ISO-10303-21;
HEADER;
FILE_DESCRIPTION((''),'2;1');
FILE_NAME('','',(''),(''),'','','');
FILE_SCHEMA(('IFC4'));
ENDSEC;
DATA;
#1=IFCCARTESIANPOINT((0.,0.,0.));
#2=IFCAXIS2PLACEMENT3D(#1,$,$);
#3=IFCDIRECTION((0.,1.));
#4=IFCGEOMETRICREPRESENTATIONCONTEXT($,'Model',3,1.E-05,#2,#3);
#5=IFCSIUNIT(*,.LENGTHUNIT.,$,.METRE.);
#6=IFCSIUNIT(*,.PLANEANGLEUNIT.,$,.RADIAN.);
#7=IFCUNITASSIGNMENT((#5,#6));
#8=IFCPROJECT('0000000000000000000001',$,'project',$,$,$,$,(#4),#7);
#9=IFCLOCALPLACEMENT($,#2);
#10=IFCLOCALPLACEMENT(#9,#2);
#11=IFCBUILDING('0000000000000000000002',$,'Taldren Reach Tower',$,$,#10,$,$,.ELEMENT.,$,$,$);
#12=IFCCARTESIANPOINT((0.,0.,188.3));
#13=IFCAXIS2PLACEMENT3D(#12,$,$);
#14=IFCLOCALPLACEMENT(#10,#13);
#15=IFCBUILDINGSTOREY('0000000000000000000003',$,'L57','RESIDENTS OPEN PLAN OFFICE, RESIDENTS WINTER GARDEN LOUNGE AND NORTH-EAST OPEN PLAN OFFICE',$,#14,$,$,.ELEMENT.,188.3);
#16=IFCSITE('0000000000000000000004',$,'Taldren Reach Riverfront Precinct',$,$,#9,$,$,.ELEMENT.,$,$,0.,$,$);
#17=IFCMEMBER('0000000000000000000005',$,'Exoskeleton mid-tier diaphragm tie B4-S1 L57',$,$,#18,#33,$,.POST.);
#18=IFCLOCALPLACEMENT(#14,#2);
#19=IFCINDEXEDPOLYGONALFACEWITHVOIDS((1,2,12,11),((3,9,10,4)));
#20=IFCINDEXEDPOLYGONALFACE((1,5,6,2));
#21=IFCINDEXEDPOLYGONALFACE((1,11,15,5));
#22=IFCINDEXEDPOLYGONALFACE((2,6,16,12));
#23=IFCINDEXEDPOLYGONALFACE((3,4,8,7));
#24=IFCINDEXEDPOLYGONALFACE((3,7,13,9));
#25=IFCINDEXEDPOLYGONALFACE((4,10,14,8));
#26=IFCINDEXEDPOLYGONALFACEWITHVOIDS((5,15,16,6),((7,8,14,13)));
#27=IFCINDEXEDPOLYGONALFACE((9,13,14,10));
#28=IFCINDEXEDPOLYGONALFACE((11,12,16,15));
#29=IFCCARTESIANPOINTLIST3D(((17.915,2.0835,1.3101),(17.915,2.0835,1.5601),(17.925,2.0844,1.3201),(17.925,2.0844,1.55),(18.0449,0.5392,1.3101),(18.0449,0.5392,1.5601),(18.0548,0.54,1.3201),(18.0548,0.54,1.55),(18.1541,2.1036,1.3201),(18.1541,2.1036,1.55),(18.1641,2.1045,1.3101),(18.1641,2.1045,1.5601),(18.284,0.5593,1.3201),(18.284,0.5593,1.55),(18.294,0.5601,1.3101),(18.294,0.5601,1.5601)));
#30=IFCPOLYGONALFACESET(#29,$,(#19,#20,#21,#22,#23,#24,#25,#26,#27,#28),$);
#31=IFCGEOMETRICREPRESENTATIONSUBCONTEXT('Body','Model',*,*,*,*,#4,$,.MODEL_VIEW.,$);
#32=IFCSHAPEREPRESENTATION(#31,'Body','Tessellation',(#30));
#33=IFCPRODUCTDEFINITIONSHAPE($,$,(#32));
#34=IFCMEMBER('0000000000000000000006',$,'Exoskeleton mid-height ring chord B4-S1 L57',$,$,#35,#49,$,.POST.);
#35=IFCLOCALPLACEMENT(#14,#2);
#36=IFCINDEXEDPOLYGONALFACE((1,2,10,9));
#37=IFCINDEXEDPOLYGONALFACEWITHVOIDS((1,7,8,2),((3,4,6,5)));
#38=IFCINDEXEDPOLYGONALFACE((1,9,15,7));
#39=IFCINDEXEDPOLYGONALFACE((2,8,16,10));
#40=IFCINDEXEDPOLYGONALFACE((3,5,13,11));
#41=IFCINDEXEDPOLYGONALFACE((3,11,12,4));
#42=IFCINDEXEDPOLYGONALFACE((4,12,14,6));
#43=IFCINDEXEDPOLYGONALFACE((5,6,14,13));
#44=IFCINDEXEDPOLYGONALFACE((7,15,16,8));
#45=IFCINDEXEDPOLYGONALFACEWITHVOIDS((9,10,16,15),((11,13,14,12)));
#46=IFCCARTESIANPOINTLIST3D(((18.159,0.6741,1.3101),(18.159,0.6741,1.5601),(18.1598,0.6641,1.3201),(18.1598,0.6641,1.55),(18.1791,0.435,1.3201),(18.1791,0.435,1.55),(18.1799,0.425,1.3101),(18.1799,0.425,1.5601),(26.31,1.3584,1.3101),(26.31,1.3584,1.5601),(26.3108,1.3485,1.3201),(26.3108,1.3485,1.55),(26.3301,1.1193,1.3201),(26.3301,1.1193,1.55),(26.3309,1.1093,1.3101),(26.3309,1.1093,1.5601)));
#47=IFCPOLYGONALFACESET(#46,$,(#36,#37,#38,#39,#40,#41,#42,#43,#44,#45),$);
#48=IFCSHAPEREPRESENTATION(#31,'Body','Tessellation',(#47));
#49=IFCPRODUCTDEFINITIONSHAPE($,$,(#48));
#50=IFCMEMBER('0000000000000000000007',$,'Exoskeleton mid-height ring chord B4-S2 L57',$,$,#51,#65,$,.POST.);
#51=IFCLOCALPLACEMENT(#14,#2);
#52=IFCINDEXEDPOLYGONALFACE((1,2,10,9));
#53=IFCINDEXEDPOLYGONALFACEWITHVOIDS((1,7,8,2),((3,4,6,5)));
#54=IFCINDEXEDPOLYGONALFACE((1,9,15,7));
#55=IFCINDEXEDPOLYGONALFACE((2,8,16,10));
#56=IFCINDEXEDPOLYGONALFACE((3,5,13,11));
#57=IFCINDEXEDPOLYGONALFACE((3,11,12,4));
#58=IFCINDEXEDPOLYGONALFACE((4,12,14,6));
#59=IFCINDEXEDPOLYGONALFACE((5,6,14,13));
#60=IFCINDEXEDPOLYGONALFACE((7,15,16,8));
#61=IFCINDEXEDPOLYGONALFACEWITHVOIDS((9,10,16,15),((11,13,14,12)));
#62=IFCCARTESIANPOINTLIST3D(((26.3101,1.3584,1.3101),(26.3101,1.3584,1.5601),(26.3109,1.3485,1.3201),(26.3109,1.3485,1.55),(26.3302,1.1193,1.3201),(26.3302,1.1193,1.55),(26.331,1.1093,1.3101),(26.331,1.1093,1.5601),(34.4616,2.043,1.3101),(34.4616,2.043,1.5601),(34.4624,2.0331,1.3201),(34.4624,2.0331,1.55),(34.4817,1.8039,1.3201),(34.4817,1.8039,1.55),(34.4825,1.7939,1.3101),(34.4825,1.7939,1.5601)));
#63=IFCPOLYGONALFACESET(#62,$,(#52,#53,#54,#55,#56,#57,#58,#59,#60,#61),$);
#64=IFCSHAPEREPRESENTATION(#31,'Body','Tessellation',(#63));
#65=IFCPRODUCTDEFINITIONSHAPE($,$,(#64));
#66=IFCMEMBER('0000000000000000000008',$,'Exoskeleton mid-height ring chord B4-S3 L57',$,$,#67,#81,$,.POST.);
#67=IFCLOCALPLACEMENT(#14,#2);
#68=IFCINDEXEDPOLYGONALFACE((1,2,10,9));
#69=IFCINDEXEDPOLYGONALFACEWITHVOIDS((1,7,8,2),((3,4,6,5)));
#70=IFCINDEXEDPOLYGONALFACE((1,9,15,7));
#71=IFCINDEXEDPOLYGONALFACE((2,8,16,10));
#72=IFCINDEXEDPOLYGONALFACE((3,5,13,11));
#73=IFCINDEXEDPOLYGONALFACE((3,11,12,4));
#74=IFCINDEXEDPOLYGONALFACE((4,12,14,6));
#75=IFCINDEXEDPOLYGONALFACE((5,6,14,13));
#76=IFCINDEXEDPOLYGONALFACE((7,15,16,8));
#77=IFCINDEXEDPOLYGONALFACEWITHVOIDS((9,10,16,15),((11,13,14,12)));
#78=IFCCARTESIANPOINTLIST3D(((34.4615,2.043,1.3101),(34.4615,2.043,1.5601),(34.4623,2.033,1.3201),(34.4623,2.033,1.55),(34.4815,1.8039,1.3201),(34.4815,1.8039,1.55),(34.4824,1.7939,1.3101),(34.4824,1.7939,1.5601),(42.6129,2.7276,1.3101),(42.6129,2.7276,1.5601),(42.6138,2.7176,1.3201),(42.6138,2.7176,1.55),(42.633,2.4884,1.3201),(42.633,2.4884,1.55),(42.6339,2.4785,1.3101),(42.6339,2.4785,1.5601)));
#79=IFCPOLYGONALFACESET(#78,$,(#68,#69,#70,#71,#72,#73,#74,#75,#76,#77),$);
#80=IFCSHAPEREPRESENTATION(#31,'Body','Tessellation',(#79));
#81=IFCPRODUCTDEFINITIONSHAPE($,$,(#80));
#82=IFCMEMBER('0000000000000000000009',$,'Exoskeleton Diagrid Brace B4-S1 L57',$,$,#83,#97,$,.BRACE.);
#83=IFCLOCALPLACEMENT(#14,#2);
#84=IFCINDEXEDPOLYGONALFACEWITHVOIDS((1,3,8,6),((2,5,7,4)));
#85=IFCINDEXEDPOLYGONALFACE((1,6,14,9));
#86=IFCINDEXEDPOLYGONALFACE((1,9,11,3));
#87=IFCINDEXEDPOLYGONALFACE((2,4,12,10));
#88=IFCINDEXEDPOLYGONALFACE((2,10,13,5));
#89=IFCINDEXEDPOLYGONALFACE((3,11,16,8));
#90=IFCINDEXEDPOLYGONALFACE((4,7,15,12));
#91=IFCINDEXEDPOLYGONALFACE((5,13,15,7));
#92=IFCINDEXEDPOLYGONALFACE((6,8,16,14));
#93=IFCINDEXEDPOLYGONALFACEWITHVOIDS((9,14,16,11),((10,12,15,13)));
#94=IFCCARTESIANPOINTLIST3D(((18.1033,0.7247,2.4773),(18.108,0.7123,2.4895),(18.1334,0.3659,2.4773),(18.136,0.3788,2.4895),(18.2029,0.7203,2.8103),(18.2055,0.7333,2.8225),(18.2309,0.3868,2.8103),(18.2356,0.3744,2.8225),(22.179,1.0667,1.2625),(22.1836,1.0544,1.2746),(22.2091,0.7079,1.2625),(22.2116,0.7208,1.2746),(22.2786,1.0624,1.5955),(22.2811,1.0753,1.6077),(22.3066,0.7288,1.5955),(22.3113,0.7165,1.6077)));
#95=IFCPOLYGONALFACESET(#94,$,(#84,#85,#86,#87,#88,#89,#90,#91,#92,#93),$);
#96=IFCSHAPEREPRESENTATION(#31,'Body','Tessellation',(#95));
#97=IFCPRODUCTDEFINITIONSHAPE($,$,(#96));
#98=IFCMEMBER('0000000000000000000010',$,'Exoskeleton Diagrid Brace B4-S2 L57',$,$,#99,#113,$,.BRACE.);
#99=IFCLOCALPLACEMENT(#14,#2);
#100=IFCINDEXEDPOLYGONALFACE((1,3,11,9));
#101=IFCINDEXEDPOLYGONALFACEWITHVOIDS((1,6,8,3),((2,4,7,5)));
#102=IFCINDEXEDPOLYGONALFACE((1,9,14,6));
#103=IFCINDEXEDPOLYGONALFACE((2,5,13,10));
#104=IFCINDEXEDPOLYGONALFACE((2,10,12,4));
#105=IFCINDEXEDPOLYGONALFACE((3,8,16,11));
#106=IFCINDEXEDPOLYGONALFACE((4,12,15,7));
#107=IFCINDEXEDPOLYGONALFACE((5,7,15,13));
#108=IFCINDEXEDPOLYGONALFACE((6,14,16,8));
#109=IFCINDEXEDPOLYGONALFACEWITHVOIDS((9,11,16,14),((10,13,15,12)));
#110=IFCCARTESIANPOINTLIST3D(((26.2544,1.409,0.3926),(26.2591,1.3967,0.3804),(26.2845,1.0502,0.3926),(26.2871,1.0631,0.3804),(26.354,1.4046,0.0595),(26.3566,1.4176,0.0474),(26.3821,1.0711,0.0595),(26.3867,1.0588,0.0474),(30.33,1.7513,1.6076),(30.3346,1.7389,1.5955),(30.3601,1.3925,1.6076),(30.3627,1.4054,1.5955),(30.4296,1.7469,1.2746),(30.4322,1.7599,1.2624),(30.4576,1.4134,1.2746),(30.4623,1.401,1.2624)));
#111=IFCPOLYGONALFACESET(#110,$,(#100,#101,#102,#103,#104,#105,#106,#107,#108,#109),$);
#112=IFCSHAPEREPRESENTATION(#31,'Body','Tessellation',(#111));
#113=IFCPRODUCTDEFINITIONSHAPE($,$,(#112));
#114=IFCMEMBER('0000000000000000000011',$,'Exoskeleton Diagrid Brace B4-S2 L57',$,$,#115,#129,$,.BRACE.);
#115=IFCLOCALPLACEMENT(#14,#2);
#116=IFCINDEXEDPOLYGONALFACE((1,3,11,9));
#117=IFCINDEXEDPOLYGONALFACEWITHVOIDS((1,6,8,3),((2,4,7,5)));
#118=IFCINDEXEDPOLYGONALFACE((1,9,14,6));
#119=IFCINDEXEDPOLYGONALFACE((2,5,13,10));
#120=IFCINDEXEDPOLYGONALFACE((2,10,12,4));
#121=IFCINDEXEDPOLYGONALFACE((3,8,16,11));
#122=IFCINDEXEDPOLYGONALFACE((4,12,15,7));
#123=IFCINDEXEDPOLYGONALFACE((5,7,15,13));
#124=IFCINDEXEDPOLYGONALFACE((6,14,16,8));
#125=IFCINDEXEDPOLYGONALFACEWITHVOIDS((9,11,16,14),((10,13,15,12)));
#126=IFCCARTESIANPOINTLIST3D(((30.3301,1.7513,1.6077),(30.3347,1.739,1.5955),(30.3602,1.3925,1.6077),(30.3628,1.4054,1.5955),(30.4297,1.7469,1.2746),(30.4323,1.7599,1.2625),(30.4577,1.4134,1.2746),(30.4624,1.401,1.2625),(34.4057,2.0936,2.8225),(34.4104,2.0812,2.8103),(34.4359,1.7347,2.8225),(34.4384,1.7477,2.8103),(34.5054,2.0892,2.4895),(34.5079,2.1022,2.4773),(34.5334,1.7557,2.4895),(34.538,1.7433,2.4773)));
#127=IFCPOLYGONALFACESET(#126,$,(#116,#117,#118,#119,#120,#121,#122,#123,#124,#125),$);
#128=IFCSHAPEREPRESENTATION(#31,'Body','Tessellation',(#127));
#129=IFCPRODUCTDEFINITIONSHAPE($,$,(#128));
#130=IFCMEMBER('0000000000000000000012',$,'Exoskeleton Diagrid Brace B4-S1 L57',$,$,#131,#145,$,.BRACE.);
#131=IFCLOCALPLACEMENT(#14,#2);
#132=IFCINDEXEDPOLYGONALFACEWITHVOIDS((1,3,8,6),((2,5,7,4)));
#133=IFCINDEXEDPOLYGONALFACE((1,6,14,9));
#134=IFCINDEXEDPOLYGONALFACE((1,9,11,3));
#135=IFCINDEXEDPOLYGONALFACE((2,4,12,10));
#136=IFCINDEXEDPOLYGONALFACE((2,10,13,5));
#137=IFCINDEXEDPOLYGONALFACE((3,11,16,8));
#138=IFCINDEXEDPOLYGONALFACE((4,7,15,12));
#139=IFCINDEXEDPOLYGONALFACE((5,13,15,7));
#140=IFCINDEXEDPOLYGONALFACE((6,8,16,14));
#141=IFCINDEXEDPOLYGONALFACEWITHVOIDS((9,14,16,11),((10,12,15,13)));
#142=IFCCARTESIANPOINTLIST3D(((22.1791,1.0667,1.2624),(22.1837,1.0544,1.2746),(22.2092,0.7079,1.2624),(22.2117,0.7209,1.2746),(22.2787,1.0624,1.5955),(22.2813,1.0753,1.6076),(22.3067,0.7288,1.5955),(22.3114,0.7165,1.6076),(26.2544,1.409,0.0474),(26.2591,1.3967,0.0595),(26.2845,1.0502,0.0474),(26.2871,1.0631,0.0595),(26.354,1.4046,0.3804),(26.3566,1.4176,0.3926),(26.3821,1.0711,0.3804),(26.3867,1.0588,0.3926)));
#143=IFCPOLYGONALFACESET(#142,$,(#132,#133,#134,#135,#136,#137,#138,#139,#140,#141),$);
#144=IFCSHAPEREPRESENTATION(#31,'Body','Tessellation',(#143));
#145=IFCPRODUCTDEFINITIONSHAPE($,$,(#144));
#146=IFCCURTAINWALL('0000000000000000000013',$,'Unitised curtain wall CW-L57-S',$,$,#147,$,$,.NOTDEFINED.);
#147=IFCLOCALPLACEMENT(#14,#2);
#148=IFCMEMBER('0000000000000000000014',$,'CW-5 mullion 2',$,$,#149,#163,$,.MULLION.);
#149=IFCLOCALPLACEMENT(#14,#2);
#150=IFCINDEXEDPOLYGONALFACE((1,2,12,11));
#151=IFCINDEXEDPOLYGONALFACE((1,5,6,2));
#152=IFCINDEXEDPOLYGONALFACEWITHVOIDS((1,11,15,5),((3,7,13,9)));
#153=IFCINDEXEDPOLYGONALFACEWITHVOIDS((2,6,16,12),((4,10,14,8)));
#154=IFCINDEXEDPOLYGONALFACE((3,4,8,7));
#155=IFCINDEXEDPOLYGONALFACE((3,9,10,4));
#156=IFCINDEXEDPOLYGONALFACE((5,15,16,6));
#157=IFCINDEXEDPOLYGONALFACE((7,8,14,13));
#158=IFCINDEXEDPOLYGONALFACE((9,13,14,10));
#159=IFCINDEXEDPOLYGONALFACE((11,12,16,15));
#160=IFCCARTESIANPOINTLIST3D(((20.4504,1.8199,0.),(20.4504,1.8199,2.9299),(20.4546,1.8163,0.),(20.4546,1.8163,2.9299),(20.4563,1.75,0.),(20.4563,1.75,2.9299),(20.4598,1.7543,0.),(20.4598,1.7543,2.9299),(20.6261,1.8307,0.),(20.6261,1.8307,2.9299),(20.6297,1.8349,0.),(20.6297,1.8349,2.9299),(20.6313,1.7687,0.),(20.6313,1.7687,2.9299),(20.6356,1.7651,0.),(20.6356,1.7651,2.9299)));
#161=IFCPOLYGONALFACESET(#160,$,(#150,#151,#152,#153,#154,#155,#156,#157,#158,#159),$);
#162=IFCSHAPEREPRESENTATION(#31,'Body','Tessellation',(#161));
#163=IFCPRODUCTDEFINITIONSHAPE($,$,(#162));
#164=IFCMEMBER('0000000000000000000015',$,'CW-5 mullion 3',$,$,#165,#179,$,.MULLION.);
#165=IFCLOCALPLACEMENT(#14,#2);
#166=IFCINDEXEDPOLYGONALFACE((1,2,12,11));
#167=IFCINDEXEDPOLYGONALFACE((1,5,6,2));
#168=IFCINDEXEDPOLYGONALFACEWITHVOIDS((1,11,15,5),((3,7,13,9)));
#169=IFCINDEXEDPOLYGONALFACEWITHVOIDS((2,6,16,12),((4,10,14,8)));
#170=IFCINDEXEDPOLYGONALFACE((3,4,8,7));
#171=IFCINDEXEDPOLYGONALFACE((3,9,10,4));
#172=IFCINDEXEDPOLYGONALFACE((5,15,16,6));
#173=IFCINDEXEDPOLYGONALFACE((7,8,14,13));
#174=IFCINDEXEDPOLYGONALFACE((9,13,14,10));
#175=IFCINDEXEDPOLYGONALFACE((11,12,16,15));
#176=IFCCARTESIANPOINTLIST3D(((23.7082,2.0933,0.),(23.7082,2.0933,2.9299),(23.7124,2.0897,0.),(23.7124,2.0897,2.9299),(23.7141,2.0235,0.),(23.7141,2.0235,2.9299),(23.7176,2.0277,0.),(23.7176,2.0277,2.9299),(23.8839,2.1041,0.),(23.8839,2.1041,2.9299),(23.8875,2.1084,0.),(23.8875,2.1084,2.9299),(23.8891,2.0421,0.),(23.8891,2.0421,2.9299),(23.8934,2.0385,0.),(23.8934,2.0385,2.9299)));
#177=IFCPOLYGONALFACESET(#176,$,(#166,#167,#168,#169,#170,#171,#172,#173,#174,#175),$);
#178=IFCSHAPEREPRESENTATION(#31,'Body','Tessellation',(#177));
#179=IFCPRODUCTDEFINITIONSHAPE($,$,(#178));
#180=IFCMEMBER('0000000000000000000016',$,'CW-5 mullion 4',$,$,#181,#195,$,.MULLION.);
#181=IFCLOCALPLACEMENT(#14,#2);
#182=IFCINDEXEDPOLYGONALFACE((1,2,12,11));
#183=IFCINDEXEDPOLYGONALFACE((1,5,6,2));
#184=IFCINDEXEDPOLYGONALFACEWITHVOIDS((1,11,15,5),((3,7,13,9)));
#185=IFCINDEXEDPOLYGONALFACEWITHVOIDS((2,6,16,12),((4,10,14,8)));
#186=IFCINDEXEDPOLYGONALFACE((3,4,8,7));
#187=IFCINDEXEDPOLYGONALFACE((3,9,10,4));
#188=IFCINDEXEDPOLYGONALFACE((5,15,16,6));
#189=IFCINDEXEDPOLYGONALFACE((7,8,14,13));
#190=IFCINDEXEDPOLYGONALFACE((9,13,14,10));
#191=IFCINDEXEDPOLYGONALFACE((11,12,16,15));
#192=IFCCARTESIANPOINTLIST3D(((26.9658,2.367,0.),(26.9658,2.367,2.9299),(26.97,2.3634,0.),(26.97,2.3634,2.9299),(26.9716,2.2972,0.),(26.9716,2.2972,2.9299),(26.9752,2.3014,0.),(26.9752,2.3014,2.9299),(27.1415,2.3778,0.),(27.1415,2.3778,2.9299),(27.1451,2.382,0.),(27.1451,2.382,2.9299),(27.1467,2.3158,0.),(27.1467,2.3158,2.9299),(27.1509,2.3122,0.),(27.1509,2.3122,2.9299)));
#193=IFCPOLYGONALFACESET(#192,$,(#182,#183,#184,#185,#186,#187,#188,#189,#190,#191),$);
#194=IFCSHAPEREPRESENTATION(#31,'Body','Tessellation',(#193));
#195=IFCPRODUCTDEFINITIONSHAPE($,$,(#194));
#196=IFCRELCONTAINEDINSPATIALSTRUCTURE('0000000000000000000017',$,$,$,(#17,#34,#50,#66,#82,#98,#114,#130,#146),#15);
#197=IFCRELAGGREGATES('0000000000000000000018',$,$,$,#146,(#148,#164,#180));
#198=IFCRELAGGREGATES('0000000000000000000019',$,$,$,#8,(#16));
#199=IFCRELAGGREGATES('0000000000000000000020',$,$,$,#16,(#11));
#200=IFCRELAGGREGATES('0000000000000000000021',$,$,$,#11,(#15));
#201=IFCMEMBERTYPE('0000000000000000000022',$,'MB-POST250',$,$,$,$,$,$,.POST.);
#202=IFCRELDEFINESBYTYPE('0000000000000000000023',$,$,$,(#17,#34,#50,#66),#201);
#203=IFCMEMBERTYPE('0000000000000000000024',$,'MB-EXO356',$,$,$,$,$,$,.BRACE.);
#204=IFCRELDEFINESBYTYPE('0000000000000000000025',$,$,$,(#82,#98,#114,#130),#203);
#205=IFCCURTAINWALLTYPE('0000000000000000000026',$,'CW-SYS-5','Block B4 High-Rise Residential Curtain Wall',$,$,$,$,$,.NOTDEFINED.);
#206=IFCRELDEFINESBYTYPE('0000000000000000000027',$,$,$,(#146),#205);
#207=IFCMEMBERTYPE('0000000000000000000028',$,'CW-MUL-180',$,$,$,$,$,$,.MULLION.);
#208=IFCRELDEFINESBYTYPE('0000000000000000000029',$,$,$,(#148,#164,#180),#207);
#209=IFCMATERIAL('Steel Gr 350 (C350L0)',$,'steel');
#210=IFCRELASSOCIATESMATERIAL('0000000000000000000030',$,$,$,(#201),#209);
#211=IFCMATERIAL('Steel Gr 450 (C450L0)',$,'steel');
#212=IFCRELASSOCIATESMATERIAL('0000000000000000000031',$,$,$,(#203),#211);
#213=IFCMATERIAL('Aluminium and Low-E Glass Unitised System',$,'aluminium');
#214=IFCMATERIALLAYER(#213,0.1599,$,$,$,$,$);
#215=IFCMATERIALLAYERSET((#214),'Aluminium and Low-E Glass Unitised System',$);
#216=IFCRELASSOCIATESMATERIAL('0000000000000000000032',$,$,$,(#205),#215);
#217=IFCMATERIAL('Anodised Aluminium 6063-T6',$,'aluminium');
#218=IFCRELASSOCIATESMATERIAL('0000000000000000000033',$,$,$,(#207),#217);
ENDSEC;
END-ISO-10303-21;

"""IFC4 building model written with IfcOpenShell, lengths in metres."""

from ifc_helpers import new_model, si_unit, direction, frame, origin, origin_2d, place, context, subcontext, project, spatial, hollow_rectangle, extrude, source, transform, mapped, material, layer, layer_set, material_profile, profile_set, type_object, element, aggregate, save


model = new_model("IFC4")

# Units and contexts
model_context = context("Model", 3, precision=1e-05, world=origin(), true_north=direction((0.0, 1.0)))
body_context = subcontext(model_context, "Body", "Model", "MODEL_VIEW")
ifc_project = project(units=[si_unit("LENGTHUNIT", "METRE"), si_unit("PLANEANGLEUNIT", "RADIAN")], contexts=[model_context])

# Site, building, storey
site_placement = place(None, origin())
site = spatial("IfcSite", under=ifc_project, at=site_placement, Name="Taldren Reach Riverfront Precinct", CompositionType="ELEMENT", RefElevation=0.0)
building_placement = place(site_placement, origin())
building = spatial("IfcBuilding", under=site, at=building_placement, Name="Taldren Reach Tower", CompositionType="ELEMENT")
storey_placement = place(building_placement, frame((0.0, 0.0, 188.3)))
storey = spatial("IfcBuildingStorey", under=building, at=storey_placement, Name="L57", Description="RESIDENTS OPEN PLAN OFFICE, RESIDENTS WINTER GARDEN LOUNGE AND NORTH-EAST OPEN PLAN OFFICE", CompositionType="ELEMENT", Elevation=188.3)

# Members
ifc_material_1 = material(Name="Steel Gr 350 (C350L0)", Category="steel")
ifc_material_profile_1 = material_profile(ifc_material_1, hollow_rectangle(XDim=0.25, YDim=0.25, WallThickness=0.01, at=origin_2d()), Name="250x250x10.0SHS")
ifc_profile_set_1 = profile_set([ifc_material_profile_1], Name="Steel Gr 350 (C350L0)")
member_type_1 = type_object("IfcMemberType", Name="MB-POST250", PredefinedType="POST", material=ifc_profile_set_1)
shared_shape_1 = source(origin(), body_context, "Body", "SweptSolid", [
    extrude(hollow_rectangle(XDim=0.25, YDim=0.25, WallThickness=0.01, at=origin_2d()), origin(), (0.0, 0.0, 1.0), 1.5498),
])
member_1_placement = place(storey_placement, frame((18.0396, 2.094, 1.4351), z_axis=(0.083802, -0.996482, 0.0), x_axis=(0.996482, 0.083802, 0.0)))
element("IfcMember", 1, at=member_1_placement, inside=storey, type_object=member_type_1, Name="Exoskeleton mid-tier diaphragm tie B4-S1 L57", PredefinedType="POST", context=body_context, shape_type="MappedRepresentation", body=[
    mapped(shared_shape_1, transform((0.0, 0.0, 0.0), scale=1.0)),
])
shared_shape_2 = source(origin(), body_context, "Body", "SweptSolid", [
    extrude(hollow_rectangle(XDim=0.25, YDim=0.25, WallThickness=0.01, at=origin_2d()), origin(), (0.0, 0.0, 1.0), 8.1797),
])
member_2_placement = place(storey_placement, frame((18.1694, 0.5496, 1.4351), z_axis=(0.996494, 0.083661, 0.0), x_axis=(-0.083661, 0.996494, 0.0)))
element("IfcMember", 2, at=member_2_placement, inside=storey, type_object=member_type_1, Name="Exoskeleton mid-height ring chord B4-S1 L57", PredefinedType="POST", context=body_context, shape_type="MappedRepresentation", body=[
    mapped(shared_shape_2, transform((0.0, 0.0, 0.0), scale=1.0)),
])
shared_shape_3 = source(origin(), body_context, "Body", "SweptSolid", [
    extrude(hollow_rectangle(XDim=0.25, YDim=0.25, WallThickness=0.01, at=origin_2d()), origin(), (0.0, 0.0, 1.0), 8.1802),
])
for number, where, z_axis, x_axis, name in (
    (3, (26.3206, 1.2339, 1.4351), (0.996492, 0.083688, 0.0), (-0.083688, 0.996492, 0.0), "Exoskeleton mid-height ring chord B4-S2 L57"),
    (4, (34.4719, 1.9185, 1.4351), (0.996492, 0.083688, 0.0), (-0.083688, 0.996492, 0.0), "Exoskeleton mid-height ring chord B4-S3 L57"),
):
    element("IfcMember", number, at=place(storey_placement, frame(where, z_axis=z_axis, x_axis=x_axis)), inside=storey, type_object=member_type_1, Name=name, PredefinedType="POST", context=body_context, shape_type="MappedRepresentation", body=[
        mapped(shared_shape_3, transform((0.0, 0.0, 0.0), scale=1.0)),
    ])
ifc_material_2 = material(Name="Steel Gr 450 (C450L0)", Category="steel")
ifc_material_profile_2 = material_profile(ifc_material_2, hollow_rectangle(XDim=0.3601, YDim=0.3601, WallThickness=0.0127, at=origin_2d()), Name="360x360x12.7SHS")
ifc_profile_set_2 = profile_set([ifc_material_profile_2], Name="Steel Gr 450 (C450L0)")
member_type_2 = type_object("IfcMemberType", Name="MB-EXO356", PredefinedType="BRACE", material=ifc_profile_set_2)
shared_shape_4 = source(origin(), body_context, "Body", "SweptSolid", [
    extrude(hollow_rectangle(XDim=0.3601, YDim=0.3601, WallThickness=0.0127, at=origin_2d()), origin(), (0.0, 0.0, 1.0), 4.2666),
])
for number, where, z_axis, x_axis, name in (
    (5, (22.2451, 0.8916, 1.4351), (-0.955249, -0.080167, 0.284732), (0.083628, -0.996497, 0.0), "Exoskeleton Diagrid Brace B4-S1 L57"),
    (6, (26.3206, 1.2339, 0.22), (0.955229, 0.080222, 0.284783), (-0.083688, 0.996492, 0.0), "Exoskeleton Diagrid Brace B4-S2 L57"),
    (7, (30.3962, 1.5762, 1.4351), (0.955245, 0.080224, 0.284731), (-0.083688, 0.996492, 0.0), "Exoskeleton Diagrid Brace B4-S2 L57"),
):
    element("IfcMember", number, at=place(storey_placement, frame(where, z_axis=z_axis, x_axis=x_axis)), inside=storey, type_object=member_type_2, Name=name, PredefinedType="BRACE", context=body_context, shape_type="MappedRepresentation", body=[
        mapped(shared_shape_4, transform((0.0, 0.0, 0.0), scale=1.0)),
    ])
shared_shape_5 = source(origin(), body_context, "Body", "SweptSolid", [
    extrude(hollow_rectangle(XDim=0.3601, YDim=0.3601, WallThickness=0.0127, at=origin_2d()), origin(), (0.0, 0.0, 1.0), 4.2664),
])
member_3_placement = place(storey_placement, frame((26.3206, 1.2339, 0.22), z_axis=(-0.955224, -0.080227, 0.284799), x_axis=(0.083693, -0.996492, 0.0)))
element("IfcMember", 8, at=member_3_placement, inside=storey, type_object=member_type_2, Name="Exoskeleton Diagrid Brace B4-S1 L57", PredefinedType="BRACE", context=body_context, shape_type="MappedRepresentation", body=[
    mapped(shared_shape_5, transform((0.0, 0.0, 0.0), scale=1.0)),
])

# Curtain wall, members
ifc_material_3 = material(Name="Aluminium and Low-E Glass Unitised System", Category="aluminium")
ifc_layer_1 = layer(ifc_material_3, 0.1599)
ifc_layer_set_1 = layer_set([ifc_layer_1], Name="Aluminium and Low-E Glass Unitised System")
curtain_wall_type = type_object("IfcCurtainWallType", Name="CW-SYS-5", Description="Block B4 High-Rise Residential Curtain Wall", PredefinedType="NOTDEFINED", material=ifc_layer_set_1)
curtain_wall_placement = place(storey_placement, origin())
curtain_wall = element("IfcCurtainWall", 9, at=curtain_wall_placement, inside=storey, type_object=curtain_wall_type, Name="Unitised curtain wall CW-L57-S", PredefinedType="NOTDEFINED")
ifc_material_4 = material(Name="Anodised Aluminium 6063-T6", Category="aluminium")
ifc_material_profile_3 = material_profile(ifc_material_4, hollow_rectangle(XDim=0.0701, YDim=0.1799, WallThickness=0.0039, at=origin_2d()), Name="ALU-180x70x4RHS")
ifc_profile_set_3 = profile_set([ifc_material_profile_3], Name="Anodised Aluminium 6063-T6")
member_type_3 = type_object("IfcMemberType", Name="CW-MUL-180", PredefinedType="MULLION", material=ifc_profile_set_3)
shared_shape_6 = source(origin(), body_context, "Body", "SweptSolid", [
    extrude(hollow_rectangle(XDim=0.0701, YDim=0.1799, WallThickness=0.0039, at=origin_2d()), origin(), (0.0, 0.0, 1.0), 2.9299),
])
member_4_placement = place(storey_placement, frame((20.543, 1.7925, 0.0), z_axis=(0.0, 0.0, 1.0), x_axis=(-0.083678, 0.996493, 0.0)))
member_4 = element("IfcMember", 10, at=member_4_placement, type_object=member_type_3, Name="CW-5 mullion 2", PredefinedType="MULLION", context=body_context, shape_type="MappedRepresentation", body=[
    mapped(shared_shape_6, transform((0.0, 0.0, 0.0), scale=1.0)),
])
member_5_placement = place(storey_placement, frame((23.8008, 2.0659, 0.0), z_axis=(0.0, 0.0, 1.0), x_axis=(-0.083678, 0.996493, 0.0)))
member_5 = element("IfcMember", 11, at=member_5_placement, type_object=member_type_3, Name="CW-5 mullion 3", PredefinedType="MULLION", context=body_context, shape_type="MappedRepresentation", body=[
    mapped(shared_shape_6, transform((0.0, 0.0, 0.0), scale=1.0)),
])
member_6_placement = place(storey_placement, frame((27.0583, 2.3396, 0.0), z_axis=(0.0, 0.0, 1.0), x_axis=(-0.083678, 0.996493, 0.0)))
member_6 = element("IfcMember", 12, at=member_6_placement, type_object=member_type_3, Name="CW-5 mullion 4", PredefinedType="MULLION", context=body_context, shape_type="MappedRepresentation", body=[
    mapped(shared_shape_6, transform((0.0, 0.0, 0.0), scale=1.0)),
])

aggregate(curtain_wall, [member_4, member_5, member_6])

save(model, "model.ifc")
